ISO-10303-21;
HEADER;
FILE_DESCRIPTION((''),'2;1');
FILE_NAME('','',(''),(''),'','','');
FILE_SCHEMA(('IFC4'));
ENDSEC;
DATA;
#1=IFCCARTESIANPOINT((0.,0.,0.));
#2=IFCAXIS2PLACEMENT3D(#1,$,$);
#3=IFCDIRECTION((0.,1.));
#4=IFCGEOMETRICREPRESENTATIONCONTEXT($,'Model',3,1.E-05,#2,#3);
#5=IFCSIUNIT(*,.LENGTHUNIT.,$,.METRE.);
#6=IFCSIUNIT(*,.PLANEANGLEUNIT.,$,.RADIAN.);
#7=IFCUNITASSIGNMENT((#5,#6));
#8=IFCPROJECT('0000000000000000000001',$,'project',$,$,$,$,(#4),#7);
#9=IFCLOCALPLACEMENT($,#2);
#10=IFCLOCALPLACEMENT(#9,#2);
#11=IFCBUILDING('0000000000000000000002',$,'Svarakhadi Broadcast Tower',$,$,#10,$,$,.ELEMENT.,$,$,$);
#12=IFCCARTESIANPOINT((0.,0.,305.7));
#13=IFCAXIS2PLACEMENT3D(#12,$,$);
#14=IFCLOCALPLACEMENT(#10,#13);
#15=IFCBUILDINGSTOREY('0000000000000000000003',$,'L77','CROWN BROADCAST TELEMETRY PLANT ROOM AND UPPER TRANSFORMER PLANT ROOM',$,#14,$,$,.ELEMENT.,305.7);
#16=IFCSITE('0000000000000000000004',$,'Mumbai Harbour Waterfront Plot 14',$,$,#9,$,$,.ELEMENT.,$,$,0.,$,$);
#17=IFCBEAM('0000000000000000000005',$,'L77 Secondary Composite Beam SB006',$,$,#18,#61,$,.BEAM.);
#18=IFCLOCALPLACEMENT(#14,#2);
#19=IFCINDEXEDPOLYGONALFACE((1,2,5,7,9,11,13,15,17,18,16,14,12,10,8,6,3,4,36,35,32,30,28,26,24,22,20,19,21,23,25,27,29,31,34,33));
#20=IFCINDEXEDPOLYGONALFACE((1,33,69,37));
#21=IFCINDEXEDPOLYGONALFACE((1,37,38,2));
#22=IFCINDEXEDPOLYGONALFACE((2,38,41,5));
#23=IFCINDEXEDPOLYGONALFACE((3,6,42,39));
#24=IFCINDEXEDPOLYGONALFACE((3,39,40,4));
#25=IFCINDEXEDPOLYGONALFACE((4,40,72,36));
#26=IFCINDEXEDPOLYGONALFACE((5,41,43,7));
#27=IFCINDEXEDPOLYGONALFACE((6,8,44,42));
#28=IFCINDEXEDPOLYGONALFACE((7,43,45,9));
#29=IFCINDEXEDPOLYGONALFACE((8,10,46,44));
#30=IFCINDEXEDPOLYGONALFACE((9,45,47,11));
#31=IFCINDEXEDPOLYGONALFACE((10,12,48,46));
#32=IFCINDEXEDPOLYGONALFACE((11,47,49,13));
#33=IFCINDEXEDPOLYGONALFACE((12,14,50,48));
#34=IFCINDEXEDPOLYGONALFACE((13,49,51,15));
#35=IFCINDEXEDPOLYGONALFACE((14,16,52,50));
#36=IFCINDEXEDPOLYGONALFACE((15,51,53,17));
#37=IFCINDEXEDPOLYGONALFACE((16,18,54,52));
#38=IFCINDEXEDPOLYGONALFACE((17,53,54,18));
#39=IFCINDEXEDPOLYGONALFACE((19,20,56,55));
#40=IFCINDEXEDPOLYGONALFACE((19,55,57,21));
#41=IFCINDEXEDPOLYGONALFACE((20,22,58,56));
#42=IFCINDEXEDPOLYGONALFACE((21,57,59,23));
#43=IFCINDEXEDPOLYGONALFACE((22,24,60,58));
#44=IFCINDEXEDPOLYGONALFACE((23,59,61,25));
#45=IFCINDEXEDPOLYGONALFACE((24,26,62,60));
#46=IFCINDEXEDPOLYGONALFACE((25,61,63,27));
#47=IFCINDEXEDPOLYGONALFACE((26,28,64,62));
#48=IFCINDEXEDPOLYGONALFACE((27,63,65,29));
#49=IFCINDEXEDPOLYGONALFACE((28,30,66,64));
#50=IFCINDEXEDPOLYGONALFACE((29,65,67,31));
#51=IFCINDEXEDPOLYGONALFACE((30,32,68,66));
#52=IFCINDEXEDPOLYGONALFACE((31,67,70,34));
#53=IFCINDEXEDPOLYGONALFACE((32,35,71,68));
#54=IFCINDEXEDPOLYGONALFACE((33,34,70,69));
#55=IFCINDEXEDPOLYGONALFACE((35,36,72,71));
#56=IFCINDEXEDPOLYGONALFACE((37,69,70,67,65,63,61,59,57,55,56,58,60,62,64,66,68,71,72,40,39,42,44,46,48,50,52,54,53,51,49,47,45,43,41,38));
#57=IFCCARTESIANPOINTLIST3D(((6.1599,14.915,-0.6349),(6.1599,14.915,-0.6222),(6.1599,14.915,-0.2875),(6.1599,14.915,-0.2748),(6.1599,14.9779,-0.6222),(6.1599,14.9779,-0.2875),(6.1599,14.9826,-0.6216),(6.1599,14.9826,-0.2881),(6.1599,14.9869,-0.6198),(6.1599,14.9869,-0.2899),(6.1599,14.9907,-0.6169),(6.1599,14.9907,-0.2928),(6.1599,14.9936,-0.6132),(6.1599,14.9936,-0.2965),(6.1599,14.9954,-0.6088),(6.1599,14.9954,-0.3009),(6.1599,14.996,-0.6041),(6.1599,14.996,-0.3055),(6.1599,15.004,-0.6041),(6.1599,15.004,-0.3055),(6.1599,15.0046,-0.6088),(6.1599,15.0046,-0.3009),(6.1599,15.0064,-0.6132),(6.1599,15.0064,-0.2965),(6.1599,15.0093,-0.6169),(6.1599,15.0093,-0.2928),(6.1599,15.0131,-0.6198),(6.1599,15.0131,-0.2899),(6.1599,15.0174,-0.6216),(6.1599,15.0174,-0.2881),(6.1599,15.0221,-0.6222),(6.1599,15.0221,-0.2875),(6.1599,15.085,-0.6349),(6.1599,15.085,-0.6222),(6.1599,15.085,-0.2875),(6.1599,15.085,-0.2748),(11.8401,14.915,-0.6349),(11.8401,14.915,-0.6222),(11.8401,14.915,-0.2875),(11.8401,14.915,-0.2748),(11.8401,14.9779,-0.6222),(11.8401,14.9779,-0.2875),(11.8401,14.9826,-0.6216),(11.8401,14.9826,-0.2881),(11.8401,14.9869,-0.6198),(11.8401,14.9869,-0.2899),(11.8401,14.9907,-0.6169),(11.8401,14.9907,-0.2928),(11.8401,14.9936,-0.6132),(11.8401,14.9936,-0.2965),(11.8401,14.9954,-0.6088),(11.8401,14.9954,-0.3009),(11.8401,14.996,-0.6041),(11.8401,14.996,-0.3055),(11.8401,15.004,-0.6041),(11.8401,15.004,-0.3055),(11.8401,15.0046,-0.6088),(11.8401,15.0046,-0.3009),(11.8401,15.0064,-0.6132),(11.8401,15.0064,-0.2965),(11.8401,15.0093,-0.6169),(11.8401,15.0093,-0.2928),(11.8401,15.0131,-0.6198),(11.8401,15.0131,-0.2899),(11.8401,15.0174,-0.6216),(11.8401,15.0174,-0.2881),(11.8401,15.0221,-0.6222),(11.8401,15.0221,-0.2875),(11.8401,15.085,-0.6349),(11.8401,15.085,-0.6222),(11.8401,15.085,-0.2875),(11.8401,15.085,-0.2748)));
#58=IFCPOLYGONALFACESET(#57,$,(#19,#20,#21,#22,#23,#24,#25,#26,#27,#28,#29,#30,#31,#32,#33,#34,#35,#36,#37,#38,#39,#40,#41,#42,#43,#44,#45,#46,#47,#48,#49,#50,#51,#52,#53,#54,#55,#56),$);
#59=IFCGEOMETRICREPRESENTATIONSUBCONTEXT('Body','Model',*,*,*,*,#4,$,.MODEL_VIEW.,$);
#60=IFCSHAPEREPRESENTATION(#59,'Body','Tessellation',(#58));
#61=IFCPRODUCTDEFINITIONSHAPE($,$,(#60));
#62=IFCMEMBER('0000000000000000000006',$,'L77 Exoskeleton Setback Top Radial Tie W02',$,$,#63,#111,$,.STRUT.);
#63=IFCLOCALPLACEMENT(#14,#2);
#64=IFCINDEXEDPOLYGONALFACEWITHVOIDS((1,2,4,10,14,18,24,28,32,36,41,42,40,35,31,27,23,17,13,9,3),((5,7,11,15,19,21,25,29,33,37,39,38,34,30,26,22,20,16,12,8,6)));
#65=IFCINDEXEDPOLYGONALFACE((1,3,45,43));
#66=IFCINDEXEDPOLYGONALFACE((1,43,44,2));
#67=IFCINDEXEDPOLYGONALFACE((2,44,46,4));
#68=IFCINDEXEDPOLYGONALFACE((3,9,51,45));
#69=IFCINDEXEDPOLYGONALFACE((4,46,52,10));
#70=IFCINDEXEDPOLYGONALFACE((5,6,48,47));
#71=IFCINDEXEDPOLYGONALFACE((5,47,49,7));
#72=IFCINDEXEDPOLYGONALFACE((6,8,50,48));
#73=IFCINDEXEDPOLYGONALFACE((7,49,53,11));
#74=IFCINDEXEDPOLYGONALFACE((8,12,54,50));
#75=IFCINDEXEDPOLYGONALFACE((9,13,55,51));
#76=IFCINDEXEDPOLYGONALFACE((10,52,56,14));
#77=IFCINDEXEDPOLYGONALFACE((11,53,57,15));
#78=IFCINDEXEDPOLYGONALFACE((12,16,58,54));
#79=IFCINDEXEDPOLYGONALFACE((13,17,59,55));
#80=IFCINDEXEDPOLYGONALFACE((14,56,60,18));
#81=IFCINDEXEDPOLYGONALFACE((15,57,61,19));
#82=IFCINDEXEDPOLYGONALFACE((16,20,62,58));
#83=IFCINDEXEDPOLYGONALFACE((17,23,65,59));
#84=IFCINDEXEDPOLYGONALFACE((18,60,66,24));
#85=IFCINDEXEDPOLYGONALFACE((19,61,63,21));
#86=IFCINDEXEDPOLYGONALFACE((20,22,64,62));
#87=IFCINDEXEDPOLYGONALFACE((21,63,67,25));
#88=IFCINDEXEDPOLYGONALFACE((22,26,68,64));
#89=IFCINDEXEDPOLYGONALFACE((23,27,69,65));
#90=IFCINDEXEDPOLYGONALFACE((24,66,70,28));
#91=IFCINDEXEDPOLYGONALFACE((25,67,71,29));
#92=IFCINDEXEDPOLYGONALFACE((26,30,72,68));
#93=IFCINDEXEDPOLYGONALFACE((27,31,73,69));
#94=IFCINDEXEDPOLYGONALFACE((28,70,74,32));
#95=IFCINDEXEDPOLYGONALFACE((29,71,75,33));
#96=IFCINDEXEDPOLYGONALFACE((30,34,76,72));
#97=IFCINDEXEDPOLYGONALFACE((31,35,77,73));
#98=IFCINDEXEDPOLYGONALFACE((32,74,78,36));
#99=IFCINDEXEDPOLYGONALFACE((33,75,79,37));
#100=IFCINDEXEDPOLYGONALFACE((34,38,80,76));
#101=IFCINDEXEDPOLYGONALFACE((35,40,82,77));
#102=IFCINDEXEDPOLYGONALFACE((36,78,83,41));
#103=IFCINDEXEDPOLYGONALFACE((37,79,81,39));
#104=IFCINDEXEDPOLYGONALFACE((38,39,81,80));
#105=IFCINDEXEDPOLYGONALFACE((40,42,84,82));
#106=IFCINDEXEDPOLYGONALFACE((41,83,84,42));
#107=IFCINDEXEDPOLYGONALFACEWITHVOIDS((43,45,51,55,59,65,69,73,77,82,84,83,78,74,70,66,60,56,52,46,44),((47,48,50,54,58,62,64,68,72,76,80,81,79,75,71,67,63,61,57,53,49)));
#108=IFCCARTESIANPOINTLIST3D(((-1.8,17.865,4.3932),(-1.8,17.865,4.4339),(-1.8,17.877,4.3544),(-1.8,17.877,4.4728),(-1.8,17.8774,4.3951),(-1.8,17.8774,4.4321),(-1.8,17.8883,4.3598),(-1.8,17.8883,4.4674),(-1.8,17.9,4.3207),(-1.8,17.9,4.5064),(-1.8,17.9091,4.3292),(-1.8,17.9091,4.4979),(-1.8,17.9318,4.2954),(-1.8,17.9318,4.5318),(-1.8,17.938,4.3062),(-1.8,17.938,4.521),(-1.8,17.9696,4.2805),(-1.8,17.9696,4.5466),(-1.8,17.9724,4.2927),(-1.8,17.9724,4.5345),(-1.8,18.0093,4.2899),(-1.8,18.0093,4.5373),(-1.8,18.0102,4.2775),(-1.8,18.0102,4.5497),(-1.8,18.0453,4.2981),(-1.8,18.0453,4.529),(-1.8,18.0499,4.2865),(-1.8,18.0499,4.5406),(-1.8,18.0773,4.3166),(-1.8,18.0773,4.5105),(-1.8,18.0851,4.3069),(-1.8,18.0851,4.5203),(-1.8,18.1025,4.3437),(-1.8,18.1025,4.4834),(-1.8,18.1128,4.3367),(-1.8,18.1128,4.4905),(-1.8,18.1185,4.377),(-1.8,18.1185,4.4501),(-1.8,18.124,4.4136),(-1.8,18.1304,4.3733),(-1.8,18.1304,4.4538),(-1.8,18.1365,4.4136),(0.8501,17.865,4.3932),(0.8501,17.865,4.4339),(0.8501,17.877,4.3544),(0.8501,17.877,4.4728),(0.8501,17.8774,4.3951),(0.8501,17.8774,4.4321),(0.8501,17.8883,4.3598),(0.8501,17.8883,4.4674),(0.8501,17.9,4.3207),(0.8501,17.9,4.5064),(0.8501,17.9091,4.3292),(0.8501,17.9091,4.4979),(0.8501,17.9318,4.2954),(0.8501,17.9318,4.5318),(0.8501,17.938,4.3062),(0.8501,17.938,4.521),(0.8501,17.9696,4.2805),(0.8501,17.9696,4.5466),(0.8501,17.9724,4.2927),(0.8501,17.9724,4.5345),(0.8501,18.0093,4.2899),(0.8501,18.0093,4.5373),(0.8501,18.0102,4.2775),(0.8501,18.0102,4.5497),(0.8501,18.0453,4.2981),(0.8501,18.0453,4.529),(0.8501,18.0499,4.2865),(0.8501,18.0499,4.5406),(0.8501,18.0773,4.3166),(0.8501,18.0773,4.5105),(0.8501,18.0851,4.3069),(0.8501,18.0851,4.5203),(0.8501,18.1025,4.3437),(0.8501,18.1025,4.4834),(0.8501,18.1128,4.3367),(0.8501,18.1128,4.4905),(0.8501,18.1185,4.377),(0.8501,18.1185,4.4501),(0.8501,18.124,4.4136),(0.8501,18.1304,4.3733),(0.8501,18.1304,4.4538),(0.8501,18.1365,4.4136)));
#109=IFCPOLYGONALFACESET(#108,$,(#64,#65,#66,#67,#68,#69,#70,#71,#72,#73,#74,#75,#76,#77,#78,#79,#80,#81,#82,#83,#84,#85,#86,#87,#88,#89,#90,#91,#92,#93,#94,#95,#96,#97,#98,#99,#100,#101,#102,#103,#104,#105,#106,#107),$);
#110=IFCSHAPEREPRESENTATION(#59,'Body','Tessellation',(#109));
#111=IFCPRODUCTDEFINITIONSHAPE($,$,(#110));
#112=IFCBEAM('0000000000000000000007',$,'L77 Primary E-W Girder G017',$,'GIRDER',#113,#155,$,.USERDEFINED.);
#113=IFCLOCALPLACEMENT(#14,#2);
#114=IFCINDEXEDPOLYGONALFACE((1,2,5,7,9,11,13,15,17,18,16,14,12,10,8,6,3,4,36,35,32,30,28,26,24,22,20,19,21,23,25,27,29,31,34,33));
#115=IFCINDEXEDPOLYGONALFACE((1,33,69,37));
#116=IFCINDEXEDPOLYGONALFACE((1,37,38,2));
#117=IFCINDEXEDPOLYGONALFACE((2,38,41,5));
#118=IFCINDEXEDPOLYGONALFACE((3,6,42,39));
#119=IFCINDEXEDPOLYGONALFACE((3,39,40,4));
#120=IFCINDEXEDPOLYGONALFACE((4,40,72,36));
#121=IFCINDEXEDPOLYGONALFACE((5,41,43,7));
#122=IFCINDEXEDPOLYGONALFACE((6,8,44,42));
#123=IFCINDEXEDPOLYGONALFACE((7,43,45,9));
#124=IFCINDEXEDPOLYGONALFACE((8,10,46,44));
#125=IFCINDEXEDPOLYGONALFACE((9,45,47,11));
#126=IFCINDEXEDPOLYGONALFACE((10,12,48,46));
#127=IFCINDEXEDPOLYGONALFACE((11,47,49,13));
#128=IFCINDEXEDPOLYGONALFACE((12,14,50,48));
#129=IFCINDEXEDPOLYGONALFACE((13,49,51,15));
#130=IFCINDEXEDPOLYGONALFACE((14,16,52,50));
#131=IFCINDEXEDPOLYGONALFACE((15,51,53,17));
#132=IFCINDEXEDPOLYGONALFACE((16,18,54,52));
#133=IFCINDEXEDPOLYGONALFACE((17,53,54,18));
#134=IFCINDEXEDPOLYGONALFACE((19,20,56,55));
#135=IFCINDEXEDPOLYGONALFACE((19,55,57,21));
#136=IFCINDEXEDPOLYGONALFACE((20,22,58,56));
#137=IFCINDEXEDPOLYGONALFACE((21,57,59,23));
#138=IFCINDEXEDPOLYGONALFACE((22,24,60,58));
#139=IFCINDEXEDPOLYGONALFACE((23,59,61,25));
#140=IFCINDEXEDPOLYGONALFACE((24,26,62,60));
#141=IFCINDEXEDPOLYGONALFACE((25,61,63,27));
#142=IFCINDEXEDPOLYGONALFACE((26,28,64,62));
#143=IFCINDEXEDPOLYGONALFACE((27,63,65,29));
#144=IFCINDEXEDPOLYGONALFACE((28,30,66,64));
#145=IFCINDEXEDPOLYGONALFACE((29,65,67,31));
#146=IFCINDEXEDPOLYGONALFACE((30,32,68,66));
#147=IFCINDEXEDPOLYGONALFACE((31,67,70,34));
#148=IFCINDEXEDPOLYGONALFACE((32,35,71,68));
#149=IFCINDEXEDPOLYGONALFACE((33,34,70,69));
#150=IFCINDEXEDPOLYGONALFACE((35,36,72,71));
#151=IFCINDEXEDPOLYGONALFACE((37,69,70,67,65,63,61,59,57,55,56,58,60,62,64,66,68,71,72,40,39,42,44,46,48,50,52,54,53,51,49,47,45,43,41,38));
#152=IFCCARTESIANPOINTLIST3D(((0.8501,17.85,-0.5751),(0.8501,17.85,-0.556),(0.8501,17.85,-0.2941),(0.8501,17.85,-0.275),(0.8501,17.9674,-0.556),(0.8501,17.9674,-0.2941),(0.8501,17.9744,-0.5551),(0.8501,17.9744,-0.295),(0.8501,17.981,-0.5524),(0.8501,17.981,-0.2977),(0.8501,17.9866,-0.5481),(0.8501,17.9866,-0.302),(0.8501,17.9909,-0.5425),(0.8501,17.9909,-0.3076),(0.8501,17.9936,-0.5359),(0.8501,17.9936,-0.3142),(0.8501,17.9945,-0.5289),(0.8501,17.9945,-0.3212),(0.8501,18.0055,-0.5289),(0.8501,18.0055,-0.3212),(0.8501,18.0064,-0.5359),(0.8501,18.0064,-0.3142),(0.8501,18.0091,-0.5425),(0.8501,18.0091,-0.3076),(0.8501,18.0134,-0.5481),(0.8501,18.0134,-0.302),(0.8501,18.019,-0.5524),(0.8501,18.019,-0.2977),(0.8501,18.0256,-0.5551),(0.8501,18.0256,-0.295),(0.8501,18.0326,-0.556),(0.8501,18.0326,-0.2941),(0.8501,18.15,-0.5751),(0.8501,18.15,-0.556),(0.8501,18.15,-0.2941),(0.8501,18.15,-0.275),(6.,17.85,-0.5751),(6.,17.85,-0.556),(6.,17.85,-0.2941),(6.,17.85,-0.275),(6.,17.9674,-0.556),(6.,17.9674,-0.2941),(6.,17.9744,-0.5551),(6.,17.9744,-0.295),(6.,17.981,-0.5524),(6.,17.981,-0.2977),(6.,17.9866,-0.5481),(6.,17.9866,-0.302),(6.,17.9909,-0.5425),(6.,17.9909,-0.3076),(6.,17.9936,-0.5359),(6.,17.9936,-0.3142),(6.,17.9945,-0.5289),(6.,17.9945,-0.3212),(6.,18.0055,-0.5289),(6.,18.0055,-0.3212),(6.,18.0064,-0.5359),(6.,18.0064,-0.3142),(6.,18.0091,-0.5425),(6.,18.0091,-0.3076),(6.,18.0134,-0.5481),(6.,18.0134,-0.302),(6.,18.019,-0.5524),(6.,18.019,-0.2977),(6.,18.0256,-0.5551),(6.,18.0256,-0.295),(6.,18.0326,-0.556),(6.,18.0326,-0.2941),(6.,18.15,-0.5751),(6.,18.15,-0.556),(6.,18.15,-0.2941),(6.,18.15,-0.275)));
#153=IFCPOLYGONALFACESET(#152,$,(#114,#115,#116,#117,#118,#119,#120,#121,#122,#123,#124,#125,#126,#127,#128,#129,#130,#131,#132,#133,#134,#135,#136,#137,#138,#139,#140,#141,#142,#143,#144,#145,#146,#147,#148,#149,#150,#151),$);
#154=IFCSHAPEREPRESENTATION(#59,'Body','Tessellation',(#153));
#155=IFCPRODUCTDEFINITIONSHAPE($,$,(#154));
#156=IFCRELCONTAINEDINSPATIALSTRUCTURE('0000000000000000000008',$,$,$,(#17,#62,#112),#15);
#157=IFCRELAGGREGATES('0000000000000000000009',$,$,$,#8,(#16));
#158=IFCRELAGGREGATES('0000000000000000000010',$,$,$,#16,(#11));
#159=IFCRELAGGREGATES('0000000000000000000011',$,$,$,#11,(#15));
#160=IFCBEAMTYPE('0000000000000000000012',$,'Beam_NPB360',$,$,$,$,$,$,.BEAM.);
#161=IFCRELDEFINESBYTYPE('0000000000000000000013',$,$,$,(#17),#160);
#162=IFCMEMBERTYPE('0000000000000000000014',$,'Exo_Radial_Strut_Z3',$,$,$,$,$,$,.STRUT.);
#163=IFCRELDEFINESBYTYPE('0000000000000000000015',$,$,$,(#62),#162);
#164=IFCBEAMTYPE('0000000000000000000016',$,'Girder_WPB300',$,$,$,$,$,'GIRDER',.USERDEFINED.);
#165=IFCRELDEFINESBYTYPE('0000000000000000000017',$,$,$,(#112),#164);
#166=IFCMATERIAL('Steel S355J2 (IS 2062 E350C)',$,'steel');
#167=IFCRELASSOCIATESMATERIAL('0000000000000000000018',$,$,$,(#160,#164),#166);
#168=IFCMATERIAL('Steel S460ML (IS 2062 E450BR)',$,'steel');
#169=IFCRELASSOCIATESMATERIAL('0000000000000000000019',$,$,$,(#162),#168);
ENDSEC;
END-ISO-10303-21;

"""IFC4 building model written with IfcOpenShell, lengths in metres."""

from ifc_helpers import new_model, si_unit, direction, frame, origin, origin_2d, place, context, subcontext, project, spatial, hollow_circle, i_section, extrude, material, material_profile, profile_set, type_object, element, save


model = new_model("IFC4")

# Units and contexts
model_context = context("Model", 3, precision=1e-05, world=origin(), true_north=direction((0.0, 1.0)))
body_context = subcontext(model_context, "Body", "Model", "MODEL_VIEW")
ifc_project = project(units=[si_unit("LENGTHUNIT", "METRE"), si_unit("PLANEANGLEUNIT", "RADIAN")], contexts=[model_context])

# Site, building, storey
site_placement = place(None, origin())
site = spatial("IfcSite", under=ifc_project, at=site_placement, Name="Mumbai Harbour Waterfront Plot 14", CompositionType="ELEMENT", RefElevation=0.0)
building_placement = place(site_placement, origin())
building = spatial("IfcBuilding", under=site, at=building_placement, Name="Svarakhadi Broadcast Tower", CompositionType="ELEMENT")
storey_placement = place(building_placement, frame((0.0, 0.0, 305.7)))
storey = spatial("IfcBuildingStorey", under=building, at=storey_placement, Name="L77", Description="CROWN BROADCAST TELEMETRY PLANT ROOM AND UPPER TRANSFORMER PLANT ROOM", CompositionType="ELEMENT", Elevation=305.7)

# Shared definitions
ifc_material_1 = material(Name="Steel S460ML (IS 2062 E450BR)", Category="steel")

# Beam
ifc_material_2 = material(Name="Steel S355J2 (IS 2062 E350C)", Category="steel")
ifc_material_profile_1 = material_profile(ifc_material_2, i_section(OverallWidth=0.1699, OverallDepth=0.3601, WebThickness=0.0081, FlangeThickness=0.0127, FilletRadius=0.0181, at=origin_2d()), Name="NPB 360x170x57")
ifc_profile_set_1 = profile_set([ifc_material_profile_1], Name="Steel S355J2 (IS 2062 E350C)")
beam_type_1 = type_object("IfcBeamType", Name="Beam_NPB360", PredefinedType="BEAM", material=ifc_profile_set_1)
beam_1_placement = place(storey_placement, frame((6.1599, 15.0, -0.4548), z_axis=(1.0, 0.0, 0.0), x_axis=(0.0, 1.0, 0.0)))
element("IfcBeam", 1, at=beam_1_placement, inside=storey, type_object=beam_type_1, Name="L77 Secondary Composite Beam SB006", PredefinedType="BEAM", context=body_context, shape_type="SweptSolid", body=[
    extrude(i_section(OverallWidth=0.1699, OverallDepth=0.3601, WebThickness=0.0081, FlangeThickness=0.0127, FilletRadius=0.0181, at=origin_2d()), origin(), (0.0, 0.0, 1.0), 5.6802),
])

# Member
ifc_material_profile_2 = material_profile(ifc_material_1, hollow_circle(Radius=0.1365, WallThickness=0.0125, at=origin_2d()), Name="CHS 273x12.5")
ifc_profile_set_2 = profile_set([ifc_material_profile_2], Name="Steel S460ML (IS 2062 E450BR)")
member_type = type_object("IfcMemberType", Name="Exo_Radial_Strut_Z3", PredefinedType="STRUT", material=ifc_profile_set_2)
member_placement = place(storey_placement, frame((-1.8, 18.0, 4.4136), z_axis=(1.0, 0.0, 0.0), x_axis=(0.0, 1.0, 0.0)))
element("IfcMember", 2, at=member_placement, inside=storey, type_object=member_type, Name="L77 Exoskeleton Setback Top Radial Tie W02", PredefinedType="STRUT", context=body_context, shape_type="SweptSolid", body=[
    extrude(hollow_circle(Radius=0.1365, WallThickness=0.0125, at=origin_2d()), origin(), (0.0, 0.0, 1.0), 2.6501),
])

# Beam
ifc_material_profile_3 = material_profile(ifc_material_2, i_section(OverallWidth=0.3, OverallDepth=0.3, WebThickness=0.011, FlangeThickness=0.019, FilletRadius=0.0271, at=origin_2d()), Name="WPB 300x300x117")
ifc_profile_set_3 = profile_set([ifc_material_profile_3], Name="Steel S355J2 (IS 2062 E350C)")
beam_type_2 = type_object("IfcBeamType", Name="Girder_WPB300", ElementType="GIRDER", PredefinedType="USERDEFINED", material=ifc_profile_set_3)
beam_2_placement = place(storey_placement, frame((0.8501, 18.0, -0.425), z_axis=(1.0, 0.0, 0.0), x_axis=(0.0, 1.0, 0.0)))
element("IfcBeam", 3, at=beam_2_placement, inside=storey, type_object=beam_type_2, Name="L77 Primary E-W Girder G017", ObjectType="GIRDER", PredefinedType="USERDEFINED", context=body_context, shape_type="SweptSolid", body=[
    extrude(i_section(OverallWidth=0.3, OverallDepth=0.3, WebThickness=0.011, FlangeThickness=0.019, FilletRadius=0.0271, at=origin_2d()), origin(), (0.0, 0.0, 1.0), 5.1499),
])

save(model, "model.ifc")
